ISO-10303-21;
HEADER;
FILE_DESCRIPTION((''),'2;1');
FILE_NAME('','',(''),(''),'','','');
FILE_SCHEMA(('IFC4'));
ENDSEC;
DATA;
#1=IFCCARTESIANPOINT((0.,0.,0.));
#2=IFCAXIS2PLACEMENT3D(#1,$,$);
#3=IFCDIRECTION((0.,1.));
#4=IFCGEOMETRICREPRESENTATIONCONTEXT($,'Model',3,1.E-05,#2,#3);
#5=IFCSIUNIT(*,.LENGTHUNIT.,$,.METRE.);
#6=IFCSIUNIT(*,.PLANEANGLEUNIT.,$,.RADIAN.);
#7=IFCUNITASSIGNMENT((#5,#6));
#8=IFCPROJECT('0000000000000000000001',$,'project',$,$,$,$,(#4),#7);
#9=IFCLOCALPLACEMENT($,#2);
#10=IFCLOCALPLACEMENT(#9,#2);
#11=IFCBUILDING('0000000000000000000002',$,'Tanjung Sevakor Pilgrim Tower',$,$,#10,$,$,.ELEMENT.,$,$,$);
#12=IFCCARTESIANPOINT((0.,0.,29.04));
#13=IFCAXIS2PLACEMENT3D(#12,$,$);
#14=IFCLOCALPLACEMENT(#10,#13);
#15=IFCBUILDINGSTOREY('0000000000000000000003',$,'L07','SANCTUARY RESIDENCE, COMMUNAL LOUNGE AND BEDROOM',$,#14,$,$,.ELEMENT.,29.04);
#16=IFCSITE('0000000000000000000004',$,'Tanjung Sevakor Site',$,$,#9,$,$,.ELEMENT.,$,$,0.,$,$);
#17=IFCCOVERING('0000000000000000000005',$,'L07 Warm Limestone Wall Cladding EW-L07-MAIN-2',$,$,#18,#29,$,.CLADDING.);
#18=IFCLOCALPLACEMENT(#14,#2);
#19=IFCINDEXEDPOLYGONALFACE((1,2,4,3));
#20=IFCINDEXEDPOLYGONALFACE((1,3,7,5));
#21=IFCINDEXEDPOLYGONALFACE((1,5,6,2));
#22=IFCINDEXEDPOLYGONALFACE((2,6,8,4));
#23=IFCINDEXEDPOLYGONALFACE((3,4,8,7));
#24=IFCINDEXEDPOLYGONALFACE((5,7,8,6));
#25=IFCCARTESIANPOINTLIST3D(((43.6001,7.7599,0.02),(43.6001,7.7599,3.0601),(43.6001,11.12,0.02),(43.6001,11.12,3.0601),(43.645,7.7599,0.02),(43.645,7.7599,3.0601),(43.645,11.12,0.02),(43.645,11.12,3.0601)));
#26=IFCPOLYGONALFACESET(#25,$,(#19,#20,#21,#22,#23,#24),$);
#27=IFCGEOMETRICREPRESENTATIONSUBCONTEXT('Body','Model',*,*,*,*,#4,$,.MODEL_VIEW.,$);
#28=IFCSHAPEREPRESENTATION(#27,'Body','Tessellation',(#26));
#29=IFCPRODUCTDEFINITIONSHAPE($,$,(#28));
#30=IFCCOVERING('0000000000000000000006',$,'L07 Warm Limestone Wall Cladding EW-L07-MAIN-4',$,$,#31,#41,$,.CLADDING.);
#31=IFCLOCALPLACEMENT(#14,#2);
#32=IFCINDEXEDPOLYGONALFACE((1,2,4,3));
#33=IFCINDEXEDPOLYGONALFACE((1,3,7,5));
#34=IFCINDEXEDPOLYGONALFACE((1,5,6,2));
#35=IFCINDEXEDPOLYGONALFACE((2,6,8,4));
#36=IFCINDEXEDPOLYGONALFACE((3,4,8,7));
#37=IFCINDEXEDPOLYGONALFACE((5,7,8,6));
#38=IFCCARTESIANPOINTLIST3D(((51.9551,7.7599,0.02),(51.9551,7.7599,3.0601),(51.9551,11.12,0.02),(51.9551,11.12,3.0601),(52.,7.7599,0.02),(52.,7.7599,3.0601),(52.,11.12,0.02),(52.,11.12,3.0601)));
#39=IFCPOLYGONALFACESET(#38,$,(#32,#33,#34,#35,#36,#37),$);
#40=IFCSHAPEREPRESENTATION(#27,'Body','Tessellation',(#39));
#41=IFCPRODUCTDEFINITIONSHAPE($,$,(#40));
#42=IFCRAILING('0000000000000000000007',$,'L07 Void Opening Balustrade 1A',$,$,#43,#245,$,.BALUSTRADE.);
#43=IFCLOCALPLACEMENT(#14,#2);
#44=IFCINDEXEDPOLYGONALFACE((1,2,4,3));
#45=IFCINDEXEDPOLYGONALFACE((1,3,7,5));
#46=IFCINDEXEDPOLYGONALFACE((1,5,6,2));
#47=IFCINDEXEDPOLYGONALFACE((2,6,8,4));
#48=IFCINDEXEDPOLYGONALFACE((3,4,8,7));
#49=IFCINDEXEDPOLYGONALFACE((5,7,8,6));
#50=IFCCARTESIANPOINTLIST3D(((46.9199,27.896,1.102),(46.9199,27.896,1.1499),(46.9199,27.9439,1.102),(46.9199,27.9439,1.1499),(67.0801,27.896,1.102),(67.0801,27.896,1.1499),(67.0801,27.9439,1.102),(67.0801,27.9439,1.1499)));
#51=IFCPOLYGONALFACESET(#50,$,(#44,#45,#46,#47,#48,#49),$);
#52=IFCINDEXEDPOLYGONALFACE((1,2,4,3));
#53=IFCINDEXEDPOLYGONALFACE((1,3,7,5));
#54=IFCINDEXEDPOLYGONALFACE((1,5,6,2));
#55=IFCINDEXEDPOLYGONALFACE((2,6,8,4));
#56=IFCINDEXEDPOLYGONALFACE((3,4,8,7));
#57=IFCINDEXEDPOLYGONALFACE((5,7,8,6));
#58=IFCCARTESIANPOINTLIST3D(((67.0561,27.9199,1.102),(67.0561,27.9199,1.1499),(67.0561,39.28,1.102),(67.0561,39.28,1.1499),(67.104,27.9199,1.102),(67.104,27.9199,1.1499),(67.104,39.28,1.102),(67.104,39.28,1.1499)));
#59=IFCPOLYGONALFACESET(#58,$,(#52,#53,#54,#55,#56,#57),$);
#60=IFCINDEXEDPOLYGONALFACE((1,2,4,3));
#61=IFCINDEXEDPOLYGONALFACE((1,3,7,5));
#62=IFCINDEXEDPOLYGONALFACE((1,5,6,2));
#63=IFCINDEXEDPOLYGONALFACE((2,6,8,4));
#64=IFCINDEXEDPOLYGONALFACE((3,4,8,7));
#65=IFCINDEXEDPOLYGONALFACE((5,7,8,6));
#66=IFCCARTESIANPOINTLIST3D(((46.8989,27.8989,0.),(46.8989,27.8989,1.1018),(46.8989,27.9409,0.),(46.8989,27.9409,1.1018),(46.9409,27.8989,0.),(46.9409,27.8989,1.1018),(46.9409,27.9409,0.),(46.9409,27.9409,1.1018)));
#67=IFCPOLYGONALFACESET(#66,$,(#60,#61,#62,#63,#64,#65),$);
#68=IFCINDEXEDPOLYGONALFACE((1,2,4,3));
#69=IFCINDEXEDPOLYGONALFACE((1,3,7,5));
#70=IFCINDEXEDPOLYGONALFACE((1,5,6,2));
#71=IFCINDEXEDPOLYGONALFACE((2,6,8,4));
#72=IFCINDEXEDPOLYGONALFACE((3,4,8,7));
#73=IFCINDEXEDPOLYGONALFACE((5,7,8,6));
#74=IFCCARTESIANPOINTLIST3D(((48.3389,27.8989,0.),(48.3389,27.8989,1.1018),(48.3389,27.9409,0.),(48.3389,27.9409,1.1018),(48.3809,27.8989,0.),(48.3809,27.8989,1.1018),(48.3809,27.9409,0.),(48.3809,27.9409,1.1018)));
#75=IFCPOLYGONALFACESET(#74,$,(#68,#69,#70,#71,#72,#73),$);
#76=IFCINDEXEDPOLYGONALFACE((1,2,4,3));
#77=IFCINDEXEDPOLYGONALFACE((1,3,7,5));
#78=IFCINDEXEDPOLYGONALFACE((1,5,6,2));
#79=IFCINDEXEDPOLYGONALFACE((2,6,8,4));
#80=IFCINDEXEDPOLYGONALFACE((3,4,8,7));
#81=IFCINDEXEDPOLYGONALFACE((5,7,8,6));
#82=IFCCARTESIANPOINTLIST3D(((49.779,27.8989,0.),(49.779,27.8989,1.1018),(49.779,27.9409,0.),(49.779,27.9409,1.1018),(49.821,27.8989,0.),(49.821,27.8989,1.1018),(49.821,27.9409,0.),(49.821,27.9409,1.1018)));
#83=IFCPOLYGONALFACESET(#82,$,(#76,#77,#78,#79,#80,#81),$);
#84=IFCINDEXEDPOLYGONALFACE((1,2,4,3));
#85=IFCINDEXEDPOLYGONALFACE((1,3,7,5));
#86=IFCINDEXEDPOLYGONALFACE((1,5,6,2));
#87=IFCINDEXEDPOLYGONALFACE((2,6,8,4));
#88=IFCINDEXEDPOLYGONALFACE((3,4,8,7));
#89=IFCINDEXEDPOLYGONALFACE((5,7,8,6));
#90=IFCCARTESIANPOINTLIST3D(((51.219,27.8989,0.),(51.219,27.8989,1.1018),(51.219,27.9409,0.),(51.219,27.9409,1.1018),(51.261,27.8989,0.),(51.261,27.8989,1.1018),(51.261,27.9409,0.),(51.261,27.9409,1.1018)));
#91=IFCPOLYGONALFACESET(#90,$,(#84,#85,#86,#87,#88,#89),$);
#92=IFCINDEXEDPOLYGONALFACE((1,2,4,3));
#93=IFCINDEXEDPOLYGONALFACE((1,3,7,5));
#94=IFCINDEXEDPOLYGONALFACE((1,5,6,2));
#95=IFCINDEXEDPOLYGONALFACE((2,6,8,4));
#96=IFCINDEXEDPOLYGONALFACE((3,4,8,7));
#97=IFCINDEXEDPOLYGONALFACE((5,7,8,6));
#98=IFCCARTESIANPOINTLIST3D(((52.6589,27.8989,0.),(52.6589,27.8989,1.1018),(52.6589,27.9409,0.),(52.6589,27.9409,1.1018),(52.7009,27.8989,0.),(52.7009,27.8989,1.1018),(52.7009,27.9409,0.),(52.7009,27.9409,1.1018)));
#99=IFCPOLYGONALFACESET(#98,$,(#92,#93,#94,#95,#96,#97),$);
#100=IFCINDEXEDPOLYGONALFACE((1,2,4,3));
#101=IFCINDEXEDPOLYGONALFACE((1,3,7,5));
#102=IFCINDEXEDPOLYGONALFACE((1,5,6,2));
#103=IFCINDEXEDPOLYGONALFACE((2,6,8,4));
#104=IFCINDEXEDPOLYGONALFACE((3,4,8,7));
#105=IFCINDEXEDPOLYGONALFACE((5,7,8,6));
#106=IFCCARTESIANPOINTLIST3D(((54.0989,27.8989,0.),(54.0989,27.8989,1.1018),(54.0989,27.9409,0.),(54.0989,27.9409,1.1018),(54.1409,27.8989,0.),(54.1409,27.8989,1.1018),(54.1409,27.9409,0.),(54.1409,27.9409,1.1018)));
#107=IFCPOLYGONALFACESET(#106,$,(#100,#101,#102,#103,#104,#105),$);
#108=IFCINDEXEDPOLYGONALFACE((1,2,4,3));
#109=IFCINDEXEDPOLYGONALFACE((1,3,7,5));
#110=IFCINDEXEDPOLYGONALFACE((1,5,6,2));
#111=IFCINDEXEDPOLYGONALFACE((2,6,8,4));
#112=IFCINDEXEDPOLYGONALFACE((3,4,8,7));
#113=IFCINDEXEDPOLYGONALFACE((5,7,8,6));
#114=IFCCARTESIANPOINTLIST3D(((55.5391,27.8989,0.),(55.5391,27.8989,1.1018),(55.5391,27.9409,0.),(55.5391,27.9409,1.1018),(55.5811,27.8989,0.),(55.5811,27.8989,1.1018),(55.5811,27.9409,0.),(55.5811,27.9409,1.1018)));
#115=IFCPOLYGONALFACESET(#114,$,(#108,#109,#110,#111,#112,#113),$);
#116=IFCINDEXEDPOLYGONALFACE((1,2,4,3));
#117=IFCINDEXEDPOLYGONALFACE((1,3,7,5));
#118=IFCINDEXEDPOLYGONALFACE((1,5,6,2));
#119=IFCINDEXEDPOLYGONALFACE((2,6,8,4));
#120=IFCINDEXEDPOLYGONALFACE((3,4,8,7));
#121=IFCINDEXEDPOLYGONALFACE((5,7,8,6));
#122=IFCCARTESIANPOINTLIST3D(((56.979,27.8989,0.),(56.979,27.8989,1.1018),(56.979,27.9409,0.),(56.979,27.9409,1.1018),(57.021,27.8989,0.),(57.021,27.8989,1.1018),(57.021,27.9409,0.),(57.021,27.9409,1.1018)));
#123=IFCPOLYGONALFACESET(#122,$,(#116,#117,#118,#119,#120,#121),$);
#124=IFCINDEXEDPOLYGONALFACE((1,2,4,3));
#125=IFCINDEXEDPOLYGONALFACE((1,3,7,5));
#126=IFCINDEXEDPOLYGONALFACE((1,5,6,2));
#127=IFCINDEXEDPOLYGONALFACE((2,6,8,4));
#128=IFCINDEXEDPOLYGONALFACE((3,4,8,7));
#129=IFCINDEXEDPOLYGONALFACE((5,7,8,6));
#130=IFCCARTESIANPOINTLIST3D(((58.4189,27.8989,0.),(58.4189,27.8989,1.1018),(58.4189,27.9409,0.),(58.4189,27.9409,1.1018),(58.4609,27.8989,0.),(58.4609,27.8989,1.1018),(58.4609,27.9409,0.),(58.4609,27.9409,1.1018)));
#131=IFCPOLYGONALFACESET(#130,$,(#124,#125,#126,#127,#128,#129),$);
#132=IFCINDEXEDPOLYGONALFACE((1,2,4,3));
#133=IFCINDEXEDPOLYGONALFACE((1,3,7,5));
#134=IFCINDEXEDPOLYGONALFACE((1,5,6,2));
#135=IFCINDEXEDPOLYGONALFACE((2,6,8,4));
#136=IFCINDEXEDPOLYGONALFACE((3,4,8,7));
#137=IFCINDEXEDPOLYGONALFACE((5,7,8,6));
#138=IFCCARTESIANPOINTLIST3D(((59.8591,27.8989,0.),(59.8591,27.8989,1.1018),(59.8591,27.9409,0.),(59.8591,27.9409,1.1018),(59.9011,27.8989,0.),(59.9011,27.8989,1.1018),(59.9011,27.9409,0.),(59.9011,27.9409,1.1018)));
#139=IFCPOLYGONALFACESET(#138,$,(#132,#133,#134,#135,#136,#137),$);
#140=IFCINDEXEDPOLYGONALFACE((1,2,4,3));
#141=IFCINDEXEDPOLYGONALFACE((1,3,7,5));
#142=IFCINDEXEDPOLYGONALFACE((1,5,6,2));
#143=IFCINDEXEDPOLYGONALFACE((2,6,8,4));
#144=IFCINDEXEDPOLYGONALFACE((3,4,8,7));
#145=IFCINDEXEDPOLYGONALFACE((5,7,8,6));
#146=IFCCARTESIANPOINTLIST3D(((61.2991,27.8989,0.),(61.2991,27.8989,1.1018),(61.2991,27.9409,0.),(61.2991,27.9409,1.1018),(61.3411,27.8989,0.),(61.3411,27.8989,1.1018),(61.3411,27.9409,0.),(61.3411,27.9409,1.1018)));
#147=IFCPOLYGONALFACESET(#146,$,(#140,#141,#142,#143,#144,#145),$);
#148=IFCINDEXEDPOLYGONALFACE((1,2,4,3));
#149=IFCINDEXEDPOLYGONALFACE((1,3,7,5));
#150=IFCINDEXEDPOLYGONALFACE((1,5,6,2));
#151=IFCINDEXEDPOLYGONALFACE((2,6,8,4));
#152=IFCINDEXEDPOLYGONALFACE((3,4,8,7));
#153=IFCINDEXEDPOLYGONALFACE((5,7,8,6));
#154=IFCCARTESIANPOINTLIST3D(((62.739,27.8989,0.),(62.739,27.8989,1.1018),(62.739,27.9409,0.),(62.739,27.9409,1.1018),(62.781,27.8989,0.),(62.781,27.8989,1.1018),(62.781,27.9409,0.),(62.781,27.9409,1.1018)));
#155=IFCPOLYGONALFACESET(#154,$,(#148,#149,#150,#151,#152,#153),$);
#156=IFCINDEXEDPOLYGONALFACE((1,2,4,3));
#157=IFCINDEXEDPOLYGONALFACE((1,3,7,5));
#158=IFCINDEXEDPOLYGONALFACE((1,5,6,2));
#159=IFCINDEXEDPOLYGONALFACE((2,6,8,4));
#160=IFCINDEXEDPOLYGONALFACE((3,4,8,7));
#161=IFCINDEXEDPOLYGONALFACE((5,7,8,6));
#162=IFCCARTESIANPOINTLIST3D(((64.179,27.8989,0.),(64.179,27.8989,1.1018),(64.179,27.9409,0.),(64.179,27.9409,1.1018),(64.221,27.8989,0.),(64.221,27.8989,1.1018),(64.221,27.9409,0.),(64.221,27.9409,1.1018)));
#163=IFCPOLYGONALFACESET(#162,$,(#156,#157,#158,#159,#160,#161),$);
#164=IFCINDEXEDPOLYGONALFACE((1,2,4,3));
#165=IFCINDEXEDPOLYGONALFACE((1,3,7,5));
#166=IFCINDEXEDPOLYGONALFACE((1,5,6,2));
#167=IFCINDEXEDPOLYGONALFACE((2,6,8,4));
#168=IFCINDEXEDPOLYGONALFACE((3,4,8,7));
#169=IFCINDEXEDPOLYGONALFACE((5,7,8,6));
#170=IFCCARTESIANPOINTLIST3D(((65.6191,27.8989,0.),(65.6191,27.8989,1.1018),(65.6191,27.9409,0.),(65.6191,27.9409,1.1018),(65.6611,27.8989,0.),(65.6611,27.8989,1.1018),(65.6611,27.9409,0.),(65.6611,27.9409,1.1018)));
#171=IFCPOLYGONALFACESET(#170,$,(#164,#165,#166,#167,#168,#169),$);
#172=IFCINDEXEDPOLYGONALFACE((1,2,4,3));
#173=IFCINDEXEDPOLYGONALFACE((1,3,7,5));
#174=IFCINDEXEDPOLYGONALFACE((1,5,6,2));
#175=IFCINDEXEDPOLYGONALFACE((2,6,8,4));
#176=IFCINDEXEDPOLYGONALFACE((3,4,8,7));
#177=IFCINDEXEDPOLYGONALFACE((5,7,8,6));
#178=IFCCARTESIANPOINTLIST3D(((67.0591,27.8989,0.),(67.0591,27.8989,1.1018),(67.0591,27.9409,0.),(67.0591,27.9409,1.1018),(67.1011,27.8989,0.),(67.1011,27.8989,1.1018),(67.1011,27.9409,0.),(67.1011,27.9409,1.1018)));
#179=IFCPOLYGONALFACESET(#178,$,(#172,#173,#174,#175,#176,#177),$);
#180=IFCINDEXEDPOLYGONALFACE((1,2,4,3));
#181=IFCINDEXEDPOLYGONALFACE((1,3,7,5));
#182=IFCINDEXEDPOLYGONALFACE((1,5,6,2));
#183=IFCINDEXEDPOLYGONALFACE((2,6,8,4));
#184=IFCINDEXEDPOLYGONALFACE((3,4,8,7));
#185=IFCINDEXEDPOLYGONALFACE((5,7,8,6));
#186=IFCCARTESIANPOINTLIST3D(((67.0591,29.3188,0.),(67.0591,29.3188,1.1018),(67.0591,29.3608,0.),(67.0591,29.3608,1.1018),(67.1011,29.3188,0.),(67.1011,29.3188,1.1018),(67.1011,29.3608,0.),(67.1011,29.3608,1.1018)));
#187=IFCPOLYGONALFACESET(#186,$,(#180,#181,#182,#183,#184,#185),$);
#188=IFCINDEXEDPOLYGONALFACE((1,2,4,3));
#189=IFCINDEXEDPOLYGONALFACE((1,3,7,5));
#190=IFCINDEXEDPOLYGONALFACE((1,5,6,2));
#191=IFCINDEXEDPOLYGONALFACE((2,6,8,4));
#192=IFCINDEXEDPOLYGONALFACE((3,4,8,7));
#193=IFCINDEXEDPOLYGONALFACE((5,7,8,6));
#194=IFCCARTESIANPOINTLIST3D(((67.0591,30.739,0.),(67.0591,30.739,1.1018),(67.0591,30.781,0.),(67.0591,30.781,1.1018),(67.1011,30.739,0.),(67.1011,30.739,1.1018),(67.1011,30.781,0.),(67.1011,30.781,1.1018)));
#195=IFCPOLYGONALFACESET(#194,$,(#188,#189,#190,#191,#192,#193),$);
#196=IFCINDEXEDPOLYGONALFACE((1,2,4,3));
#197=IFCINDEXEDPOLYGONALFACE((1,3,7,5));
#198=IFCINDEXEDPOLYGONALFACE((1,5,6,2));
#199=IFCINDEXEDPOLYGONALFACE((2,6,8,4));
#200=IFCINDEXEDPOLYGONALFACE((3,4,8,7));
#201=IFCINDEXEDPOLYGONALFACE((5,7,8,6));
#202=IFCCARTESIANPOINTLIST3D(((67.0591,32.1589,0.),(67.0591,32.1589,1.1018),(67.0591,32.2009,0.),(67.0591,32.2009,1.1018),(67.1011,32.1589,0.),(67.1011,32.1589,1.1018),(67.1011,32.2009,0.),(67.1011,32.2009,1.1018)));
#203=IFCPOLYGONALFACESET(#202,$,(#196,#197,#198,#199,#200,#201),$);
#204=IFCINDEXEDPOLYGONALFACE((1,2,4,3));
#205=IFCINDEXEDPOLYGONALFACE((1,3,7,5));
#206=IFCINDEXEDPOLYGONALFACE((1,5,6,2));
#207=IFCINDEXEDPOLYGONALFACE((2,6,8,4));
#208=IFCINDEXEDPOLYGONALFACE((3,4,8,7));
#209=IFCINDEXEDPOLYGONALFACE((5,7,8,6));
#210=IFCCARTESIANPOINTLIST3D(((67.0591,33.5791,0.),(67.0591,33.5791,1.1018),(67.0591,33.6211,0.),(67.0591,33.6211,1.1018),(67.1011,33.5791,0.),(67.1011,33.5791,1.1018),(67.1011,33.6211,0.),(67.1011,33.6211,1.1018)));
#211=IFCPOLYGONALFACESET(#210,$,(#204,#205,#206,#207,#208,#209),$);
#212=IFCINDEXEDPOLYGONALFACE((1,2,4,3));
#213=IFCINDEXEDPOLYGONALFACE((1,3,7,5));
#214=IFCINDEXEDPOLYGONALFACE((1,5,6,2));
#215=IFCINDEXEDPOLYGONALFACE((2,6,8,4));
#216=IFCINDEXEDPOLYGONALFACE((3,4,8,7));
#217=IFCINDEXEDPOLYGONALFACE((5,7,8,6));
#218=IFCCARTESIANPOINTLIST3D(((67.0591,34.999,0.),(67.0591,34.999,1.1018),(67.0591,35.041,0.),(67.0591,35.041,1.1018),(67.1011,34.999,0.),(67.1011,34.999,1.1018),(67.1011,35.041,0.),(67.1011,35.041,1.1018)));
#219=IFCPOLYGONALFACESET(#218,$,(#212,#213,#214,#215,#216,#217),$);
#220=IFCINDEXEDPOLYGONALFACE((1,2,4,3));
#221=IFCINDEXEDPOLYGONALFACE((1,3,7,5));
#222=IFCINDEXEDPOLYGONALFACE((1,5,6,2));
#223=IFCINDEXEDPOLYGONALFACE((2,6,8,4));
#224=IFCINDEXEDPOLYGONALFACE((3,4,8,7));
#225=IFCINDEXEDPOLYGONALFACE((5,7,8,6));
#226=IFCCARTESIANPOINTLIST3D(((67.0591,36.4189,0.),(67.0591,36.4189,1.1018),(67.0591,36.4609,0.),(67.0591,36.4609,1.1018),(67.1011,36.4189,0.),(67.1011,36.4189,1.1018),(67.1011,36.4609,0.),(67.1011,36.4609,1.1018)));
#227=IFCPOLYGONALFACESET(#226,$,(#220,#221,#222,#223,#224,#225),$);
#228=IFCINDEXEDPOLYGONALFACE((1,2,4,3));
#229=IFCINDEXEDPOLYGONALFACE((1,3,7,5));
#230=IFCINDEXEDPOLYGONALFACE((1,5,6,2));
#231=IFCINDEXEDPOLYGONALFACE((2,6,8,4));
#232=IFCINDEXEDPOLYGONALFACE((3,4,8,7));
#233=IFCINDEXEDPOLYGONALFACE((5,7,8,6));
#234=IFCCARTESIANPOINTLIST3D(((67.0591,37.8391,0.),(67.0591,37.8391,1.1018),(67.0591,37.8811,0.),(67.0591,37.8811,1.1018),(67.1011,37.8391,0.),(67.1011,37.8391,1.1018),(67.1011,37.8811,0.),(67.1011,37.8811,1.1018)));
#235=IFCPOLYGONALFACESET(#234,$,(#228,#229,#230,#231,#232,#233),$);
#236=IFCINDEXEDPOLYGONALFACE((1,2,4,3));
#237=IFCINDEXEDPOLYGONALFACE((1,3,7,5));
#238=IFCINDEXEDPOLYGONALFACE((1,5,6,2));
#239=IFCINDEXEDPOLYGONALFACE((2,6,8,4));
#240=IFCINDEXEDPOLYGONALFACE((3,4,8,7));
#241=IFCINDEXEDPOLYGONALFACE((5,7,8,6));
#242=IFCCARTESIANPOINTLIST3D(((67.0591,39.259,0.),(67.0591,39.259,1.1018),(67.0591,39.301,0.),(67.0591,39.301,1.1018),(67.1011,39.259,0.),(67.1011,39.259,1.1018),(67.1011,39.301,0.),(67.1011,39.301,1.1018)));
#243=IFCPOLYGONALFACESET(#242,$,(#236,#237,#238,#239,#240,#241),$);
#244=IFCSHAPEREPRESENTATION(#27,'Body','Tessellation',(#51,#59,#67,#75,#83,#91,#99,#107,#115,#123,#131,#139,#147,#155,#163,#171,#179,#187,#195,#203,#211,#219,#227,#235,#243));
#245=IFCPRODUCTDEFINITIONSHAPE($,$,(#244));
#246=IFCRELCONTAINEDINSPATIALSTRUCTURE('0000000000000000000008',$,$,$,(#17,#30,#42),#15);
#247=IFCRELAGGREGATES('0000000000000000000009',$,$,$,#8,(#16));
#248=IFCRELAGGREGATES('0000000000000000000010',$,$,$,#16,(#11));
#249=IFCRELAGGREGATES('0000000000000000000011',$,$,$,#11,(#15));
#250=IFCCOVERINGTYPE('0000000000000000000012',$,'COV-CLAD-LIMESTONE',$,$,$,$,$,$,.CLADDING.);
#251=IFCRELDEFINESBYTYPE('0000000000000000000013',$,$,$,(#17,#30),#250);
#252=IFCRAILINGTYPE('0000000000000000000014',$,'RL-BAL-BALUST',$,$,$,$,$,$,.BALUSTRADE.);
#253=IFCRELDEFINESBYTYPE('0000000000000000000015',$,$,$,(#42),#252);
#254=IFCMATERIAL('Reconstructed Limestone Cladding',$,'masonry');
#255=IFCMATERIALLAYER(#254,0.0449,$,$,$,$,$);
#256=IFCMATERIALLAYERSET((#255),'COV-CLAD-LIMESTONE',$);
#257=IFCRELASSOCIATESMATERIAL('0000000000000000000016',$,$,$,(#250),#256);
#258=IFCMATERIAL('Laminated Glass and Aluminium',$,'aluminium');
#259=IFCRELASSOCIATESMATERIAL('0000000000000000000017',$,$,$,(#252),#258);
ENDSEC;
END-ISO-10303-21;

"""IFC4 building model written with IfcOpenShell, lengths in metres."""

from ifc_helpers import new_model, si_unit, direction, frame, origin, origin_2d, place, context, subcontext, project, spatial, rectangle, extrude, material, layer, layer_set, type_object, element, save


model = new_model("IFC4")

# Units and contexts
model_context = context("Model", 3, precision=1e-05, world=origin(), true_north=direction((0.0, 1.0)))
body_context = subcontext(model_context, "Body", "Model", "MODEL_VIEW")
ifc_project = project(units=[si_unit("LENGTHUNIT", "METRE"), si_unit("PLANEANGLEUNIT", "RADIAN")], contexts=[model_context])

# Site, building, storey
site_placement = place(None, origin())
site = spatial("IfcSite", under=ifc_project, at=site_placement, Name="Tanjung Sevakor Site", CompositionType="ELEMENT", RefElevation=0.0)
building_placement = place(site_placement, origin())
building = spatial("IfcBuilding", under=site, at=building_placement, Name="Tanjung Sevakor Pilgrim Tower", CompositionType="ELEMENT")
storey_placement = place(building_placement, frame((0.0, 0.0, 29.04)))
storey = spatial("IfcBuildingStorey", under=building, at=storey_placement, Name="L07", Description="SANCTUARY RESIDENCE, COMMUNAL LOUNGE AND BEDROOM", CompositionType="ELEMENT", Elevation=29.04)

# Coverings
ifc_material_1 = material(Name="Reconstructed Limestone Cladding", Category="masonry")
ifc_layer_1 = layer(ifc_material_1, 0.0449)
ifc_layer_set_1 = layer_set([ifc_layer_1], Name="COV-CLAD-LIMESTONE")
covering_type = type_object("IfcCoveringType", Name="COV-CLAD-LIMESTONE", PredefinedType="CLADDING", material=ifc_layer_set_1)
for number, where, z_axis, x_axis, name in (
    (1, (43.6226, 9.4399, 0.02), (0.0, 0.0, 1.0), (0.0, 1.0, 0.0), "L07 Warm Limestone Wall Cladding EW-L07-MAIN-2"),
    (2, (51.9775, 9.4399, 0.02), (0.0, 0.0, 1.0), (0.0, -1.0, 0.0), "L07 Warm Limestone Wall Cladding EW-L07-MAIN-4"),
):
    element("IfcCovering", number, at=place(storey_placement, frame(where, z_axis=z_axis, x_axis=x_axis)), inside=storey, type_object=covering_type, Name=name, PredefinedType="CLADDING", context=body_context, shape_type="SweptSolid", body=[
        extrude(rectangle(XDim=3.3601, YDim=0.0449, at=origin_2d()), origin(), (0.0, 0.0, 1.0), 3.04),
    ])

# Railing
ifc_material_2 = material(Name="Laminated Glass and Aluminium", Category="aluminium")
railing_type = type_object("IfcRailingType", Name="RL-BAL-BALUST", PredefinedType="BALUSTRADE", material=ifc_material_2)
railing_placement = place(storey_placement, frame((46.9199, 27.9199, 0.0)))
element("IfcRailing", 3, at=railing_placement, inside=storey, type_object=railing_type, Name="L07 Void Opening Balustrade 1A", PredefinedType="BALUSTRADE", context=body_context, shape_type="SweptSolid", body=[
    extrude(rectangle(XDim=0.0479, YDim=0.0479), frame((0.0, 0.0, 1.126), z_axis=(1.0, 0.0, 0.0), x_axis=(0.0, 1.0, 0.0)), (0.0, 0.0, 1.0), 20.1602),
    extrude(rectangle(XDim=0.0479, YDim=0.0479), frame((20.1602, 0.0, 1.126), z_axis=(0.0, 1.0, 0.0), x_axis=(-1.0, 0.0, 0.0)), (0.0, 0.0, 1.0), 11.3601),
    extrude(rectangle(XDim=0.042, YDim=0.042), origin(), (0.0, 0.0, 1.0), 1.1018),
    extrude(rectangle(XDim=0.042, YDim=0.042), frame((1.4399, 0.0, 0.0)), (0.0, 0.0, 1.0), 1.1018),
    extrude(rectangle(XDim=0.042, YDim=0.042), frame((2.8801, 0.0, 0.0)), (0.0, 0.0, 1.0), 1.1018),
    extrude(rectangle(XDim=0.042, YDim=0.042), frame((4.3201, 0.0, 0.0)), (0.0, 0.0, 1.0), 1.1018),
    extrude(rectangle(XDim=0.042, YDim=0.042), frame((5.76, 0.0, 0.0)), (0.0, 0.0, 1.0), 1.1018),
    extrude(rectangle(XDim=0.042, YDim=0.042), frame((7.2, 0.0, 0.0)), (0.0, 0.0, 1.0), 1.1018),
    extrude(rectangle(XDim=0.042, YDim=0.042), frame((8.6401, 0.0, 0.0)), (0.0, 0.0, 1.0), 1.1018),
    extrude(rectangle(XDim=0.042, YDim=0.042), frame((10.0801, 0.0, 0.0)), (0.0, 0.0, 1.0), 1.1018),
    extrude(rectangle(XDim=0.042, YDim=0.042), frame((11.52, 0.0, 0.0)), (0.0, 0.0, 1.0), 1.1018),
    extrude(rectangle(XDim=0.042, YDim=0.042), frame((12.9602, 0.0, 0.0)), (0.0, 0.0, 1.0), 1.1018),
    extrude(rectangle(XDim=0.042, YDim=0.042), frame((14.4001, 0.0, 0.0)), (0.0, 0.0, 1.0), 1.1018),
    extrude(rectangle(XDim=0.042, YDim=0.042), frame((15.8401, 0.0, 0.0)), (0.0, 0.0, 1.0), 1.1018),
    extrude(rectangle(XDim=0.042, YDim=0.042), frame((17.28, 0.0, 0.0)), (0.0, 0.0, 1.0), 1.1018),
    extrude(rectangle(XDim=0.042, YDim=0.042), frame((18.7202, 0.0, 0.0)), (0.0, 0.0, 1.0), 1.1018),
    extrude(rectangle(XDim=0.042, YDim=0.042), frame((20.1602, 0.0, 0.0)), (0.0, 0.0, 1.0), 1.1018),
    extrude(rectangle(XDim=0.042, YDim=0.042), frame((20.1602, 1.4199, 0.0)), (0.0, 0.0, 1.0), 1.1018),
    extrude(rectangle(XDim=0.042, YDim=0.042), frame((20.1602, 2.8401, 0.0)), (0.0, 0.0, 1.0), 1.1018),
    extrude(rectangle(XDim=0.042, YDim=0.042), frame((20.1602, 4.26, 0.0)), (0.0, 0.0, 1.0), 1.1018),
    extrude(rectangle(XDim=0.042, YDim=0.042), frame((20.1602, 5.6802, 0.0)), (0.0, 0.0, 1.0), 1.1018),
    extrude(rectangle(XDim=0.042, YDim=0.042), frame((20.1602, 7.1001, 0.0)), (0.0, 0.0, 1.0), 1.1018),
    extrude(rectangle(XDim=0.042, YDim=0.042), frame((20.1602, 8.52, 0.0)), (0.0, 0.0, 1.0), 1.1018),
    extrude(rectangle(XDim=0.042, YDim=0.042), frame((20.1602, 9.9402, 0.0)), (0.0, 0.0, 1.0), 1.1018),
    extrude(rectangle(XDim=0.042, YDim=0.042), frame((20.1602, 11.3601, 0.0)), (0.0, 0.0, 1.0), 1.1018),
])

save(model, "model.ifc")
